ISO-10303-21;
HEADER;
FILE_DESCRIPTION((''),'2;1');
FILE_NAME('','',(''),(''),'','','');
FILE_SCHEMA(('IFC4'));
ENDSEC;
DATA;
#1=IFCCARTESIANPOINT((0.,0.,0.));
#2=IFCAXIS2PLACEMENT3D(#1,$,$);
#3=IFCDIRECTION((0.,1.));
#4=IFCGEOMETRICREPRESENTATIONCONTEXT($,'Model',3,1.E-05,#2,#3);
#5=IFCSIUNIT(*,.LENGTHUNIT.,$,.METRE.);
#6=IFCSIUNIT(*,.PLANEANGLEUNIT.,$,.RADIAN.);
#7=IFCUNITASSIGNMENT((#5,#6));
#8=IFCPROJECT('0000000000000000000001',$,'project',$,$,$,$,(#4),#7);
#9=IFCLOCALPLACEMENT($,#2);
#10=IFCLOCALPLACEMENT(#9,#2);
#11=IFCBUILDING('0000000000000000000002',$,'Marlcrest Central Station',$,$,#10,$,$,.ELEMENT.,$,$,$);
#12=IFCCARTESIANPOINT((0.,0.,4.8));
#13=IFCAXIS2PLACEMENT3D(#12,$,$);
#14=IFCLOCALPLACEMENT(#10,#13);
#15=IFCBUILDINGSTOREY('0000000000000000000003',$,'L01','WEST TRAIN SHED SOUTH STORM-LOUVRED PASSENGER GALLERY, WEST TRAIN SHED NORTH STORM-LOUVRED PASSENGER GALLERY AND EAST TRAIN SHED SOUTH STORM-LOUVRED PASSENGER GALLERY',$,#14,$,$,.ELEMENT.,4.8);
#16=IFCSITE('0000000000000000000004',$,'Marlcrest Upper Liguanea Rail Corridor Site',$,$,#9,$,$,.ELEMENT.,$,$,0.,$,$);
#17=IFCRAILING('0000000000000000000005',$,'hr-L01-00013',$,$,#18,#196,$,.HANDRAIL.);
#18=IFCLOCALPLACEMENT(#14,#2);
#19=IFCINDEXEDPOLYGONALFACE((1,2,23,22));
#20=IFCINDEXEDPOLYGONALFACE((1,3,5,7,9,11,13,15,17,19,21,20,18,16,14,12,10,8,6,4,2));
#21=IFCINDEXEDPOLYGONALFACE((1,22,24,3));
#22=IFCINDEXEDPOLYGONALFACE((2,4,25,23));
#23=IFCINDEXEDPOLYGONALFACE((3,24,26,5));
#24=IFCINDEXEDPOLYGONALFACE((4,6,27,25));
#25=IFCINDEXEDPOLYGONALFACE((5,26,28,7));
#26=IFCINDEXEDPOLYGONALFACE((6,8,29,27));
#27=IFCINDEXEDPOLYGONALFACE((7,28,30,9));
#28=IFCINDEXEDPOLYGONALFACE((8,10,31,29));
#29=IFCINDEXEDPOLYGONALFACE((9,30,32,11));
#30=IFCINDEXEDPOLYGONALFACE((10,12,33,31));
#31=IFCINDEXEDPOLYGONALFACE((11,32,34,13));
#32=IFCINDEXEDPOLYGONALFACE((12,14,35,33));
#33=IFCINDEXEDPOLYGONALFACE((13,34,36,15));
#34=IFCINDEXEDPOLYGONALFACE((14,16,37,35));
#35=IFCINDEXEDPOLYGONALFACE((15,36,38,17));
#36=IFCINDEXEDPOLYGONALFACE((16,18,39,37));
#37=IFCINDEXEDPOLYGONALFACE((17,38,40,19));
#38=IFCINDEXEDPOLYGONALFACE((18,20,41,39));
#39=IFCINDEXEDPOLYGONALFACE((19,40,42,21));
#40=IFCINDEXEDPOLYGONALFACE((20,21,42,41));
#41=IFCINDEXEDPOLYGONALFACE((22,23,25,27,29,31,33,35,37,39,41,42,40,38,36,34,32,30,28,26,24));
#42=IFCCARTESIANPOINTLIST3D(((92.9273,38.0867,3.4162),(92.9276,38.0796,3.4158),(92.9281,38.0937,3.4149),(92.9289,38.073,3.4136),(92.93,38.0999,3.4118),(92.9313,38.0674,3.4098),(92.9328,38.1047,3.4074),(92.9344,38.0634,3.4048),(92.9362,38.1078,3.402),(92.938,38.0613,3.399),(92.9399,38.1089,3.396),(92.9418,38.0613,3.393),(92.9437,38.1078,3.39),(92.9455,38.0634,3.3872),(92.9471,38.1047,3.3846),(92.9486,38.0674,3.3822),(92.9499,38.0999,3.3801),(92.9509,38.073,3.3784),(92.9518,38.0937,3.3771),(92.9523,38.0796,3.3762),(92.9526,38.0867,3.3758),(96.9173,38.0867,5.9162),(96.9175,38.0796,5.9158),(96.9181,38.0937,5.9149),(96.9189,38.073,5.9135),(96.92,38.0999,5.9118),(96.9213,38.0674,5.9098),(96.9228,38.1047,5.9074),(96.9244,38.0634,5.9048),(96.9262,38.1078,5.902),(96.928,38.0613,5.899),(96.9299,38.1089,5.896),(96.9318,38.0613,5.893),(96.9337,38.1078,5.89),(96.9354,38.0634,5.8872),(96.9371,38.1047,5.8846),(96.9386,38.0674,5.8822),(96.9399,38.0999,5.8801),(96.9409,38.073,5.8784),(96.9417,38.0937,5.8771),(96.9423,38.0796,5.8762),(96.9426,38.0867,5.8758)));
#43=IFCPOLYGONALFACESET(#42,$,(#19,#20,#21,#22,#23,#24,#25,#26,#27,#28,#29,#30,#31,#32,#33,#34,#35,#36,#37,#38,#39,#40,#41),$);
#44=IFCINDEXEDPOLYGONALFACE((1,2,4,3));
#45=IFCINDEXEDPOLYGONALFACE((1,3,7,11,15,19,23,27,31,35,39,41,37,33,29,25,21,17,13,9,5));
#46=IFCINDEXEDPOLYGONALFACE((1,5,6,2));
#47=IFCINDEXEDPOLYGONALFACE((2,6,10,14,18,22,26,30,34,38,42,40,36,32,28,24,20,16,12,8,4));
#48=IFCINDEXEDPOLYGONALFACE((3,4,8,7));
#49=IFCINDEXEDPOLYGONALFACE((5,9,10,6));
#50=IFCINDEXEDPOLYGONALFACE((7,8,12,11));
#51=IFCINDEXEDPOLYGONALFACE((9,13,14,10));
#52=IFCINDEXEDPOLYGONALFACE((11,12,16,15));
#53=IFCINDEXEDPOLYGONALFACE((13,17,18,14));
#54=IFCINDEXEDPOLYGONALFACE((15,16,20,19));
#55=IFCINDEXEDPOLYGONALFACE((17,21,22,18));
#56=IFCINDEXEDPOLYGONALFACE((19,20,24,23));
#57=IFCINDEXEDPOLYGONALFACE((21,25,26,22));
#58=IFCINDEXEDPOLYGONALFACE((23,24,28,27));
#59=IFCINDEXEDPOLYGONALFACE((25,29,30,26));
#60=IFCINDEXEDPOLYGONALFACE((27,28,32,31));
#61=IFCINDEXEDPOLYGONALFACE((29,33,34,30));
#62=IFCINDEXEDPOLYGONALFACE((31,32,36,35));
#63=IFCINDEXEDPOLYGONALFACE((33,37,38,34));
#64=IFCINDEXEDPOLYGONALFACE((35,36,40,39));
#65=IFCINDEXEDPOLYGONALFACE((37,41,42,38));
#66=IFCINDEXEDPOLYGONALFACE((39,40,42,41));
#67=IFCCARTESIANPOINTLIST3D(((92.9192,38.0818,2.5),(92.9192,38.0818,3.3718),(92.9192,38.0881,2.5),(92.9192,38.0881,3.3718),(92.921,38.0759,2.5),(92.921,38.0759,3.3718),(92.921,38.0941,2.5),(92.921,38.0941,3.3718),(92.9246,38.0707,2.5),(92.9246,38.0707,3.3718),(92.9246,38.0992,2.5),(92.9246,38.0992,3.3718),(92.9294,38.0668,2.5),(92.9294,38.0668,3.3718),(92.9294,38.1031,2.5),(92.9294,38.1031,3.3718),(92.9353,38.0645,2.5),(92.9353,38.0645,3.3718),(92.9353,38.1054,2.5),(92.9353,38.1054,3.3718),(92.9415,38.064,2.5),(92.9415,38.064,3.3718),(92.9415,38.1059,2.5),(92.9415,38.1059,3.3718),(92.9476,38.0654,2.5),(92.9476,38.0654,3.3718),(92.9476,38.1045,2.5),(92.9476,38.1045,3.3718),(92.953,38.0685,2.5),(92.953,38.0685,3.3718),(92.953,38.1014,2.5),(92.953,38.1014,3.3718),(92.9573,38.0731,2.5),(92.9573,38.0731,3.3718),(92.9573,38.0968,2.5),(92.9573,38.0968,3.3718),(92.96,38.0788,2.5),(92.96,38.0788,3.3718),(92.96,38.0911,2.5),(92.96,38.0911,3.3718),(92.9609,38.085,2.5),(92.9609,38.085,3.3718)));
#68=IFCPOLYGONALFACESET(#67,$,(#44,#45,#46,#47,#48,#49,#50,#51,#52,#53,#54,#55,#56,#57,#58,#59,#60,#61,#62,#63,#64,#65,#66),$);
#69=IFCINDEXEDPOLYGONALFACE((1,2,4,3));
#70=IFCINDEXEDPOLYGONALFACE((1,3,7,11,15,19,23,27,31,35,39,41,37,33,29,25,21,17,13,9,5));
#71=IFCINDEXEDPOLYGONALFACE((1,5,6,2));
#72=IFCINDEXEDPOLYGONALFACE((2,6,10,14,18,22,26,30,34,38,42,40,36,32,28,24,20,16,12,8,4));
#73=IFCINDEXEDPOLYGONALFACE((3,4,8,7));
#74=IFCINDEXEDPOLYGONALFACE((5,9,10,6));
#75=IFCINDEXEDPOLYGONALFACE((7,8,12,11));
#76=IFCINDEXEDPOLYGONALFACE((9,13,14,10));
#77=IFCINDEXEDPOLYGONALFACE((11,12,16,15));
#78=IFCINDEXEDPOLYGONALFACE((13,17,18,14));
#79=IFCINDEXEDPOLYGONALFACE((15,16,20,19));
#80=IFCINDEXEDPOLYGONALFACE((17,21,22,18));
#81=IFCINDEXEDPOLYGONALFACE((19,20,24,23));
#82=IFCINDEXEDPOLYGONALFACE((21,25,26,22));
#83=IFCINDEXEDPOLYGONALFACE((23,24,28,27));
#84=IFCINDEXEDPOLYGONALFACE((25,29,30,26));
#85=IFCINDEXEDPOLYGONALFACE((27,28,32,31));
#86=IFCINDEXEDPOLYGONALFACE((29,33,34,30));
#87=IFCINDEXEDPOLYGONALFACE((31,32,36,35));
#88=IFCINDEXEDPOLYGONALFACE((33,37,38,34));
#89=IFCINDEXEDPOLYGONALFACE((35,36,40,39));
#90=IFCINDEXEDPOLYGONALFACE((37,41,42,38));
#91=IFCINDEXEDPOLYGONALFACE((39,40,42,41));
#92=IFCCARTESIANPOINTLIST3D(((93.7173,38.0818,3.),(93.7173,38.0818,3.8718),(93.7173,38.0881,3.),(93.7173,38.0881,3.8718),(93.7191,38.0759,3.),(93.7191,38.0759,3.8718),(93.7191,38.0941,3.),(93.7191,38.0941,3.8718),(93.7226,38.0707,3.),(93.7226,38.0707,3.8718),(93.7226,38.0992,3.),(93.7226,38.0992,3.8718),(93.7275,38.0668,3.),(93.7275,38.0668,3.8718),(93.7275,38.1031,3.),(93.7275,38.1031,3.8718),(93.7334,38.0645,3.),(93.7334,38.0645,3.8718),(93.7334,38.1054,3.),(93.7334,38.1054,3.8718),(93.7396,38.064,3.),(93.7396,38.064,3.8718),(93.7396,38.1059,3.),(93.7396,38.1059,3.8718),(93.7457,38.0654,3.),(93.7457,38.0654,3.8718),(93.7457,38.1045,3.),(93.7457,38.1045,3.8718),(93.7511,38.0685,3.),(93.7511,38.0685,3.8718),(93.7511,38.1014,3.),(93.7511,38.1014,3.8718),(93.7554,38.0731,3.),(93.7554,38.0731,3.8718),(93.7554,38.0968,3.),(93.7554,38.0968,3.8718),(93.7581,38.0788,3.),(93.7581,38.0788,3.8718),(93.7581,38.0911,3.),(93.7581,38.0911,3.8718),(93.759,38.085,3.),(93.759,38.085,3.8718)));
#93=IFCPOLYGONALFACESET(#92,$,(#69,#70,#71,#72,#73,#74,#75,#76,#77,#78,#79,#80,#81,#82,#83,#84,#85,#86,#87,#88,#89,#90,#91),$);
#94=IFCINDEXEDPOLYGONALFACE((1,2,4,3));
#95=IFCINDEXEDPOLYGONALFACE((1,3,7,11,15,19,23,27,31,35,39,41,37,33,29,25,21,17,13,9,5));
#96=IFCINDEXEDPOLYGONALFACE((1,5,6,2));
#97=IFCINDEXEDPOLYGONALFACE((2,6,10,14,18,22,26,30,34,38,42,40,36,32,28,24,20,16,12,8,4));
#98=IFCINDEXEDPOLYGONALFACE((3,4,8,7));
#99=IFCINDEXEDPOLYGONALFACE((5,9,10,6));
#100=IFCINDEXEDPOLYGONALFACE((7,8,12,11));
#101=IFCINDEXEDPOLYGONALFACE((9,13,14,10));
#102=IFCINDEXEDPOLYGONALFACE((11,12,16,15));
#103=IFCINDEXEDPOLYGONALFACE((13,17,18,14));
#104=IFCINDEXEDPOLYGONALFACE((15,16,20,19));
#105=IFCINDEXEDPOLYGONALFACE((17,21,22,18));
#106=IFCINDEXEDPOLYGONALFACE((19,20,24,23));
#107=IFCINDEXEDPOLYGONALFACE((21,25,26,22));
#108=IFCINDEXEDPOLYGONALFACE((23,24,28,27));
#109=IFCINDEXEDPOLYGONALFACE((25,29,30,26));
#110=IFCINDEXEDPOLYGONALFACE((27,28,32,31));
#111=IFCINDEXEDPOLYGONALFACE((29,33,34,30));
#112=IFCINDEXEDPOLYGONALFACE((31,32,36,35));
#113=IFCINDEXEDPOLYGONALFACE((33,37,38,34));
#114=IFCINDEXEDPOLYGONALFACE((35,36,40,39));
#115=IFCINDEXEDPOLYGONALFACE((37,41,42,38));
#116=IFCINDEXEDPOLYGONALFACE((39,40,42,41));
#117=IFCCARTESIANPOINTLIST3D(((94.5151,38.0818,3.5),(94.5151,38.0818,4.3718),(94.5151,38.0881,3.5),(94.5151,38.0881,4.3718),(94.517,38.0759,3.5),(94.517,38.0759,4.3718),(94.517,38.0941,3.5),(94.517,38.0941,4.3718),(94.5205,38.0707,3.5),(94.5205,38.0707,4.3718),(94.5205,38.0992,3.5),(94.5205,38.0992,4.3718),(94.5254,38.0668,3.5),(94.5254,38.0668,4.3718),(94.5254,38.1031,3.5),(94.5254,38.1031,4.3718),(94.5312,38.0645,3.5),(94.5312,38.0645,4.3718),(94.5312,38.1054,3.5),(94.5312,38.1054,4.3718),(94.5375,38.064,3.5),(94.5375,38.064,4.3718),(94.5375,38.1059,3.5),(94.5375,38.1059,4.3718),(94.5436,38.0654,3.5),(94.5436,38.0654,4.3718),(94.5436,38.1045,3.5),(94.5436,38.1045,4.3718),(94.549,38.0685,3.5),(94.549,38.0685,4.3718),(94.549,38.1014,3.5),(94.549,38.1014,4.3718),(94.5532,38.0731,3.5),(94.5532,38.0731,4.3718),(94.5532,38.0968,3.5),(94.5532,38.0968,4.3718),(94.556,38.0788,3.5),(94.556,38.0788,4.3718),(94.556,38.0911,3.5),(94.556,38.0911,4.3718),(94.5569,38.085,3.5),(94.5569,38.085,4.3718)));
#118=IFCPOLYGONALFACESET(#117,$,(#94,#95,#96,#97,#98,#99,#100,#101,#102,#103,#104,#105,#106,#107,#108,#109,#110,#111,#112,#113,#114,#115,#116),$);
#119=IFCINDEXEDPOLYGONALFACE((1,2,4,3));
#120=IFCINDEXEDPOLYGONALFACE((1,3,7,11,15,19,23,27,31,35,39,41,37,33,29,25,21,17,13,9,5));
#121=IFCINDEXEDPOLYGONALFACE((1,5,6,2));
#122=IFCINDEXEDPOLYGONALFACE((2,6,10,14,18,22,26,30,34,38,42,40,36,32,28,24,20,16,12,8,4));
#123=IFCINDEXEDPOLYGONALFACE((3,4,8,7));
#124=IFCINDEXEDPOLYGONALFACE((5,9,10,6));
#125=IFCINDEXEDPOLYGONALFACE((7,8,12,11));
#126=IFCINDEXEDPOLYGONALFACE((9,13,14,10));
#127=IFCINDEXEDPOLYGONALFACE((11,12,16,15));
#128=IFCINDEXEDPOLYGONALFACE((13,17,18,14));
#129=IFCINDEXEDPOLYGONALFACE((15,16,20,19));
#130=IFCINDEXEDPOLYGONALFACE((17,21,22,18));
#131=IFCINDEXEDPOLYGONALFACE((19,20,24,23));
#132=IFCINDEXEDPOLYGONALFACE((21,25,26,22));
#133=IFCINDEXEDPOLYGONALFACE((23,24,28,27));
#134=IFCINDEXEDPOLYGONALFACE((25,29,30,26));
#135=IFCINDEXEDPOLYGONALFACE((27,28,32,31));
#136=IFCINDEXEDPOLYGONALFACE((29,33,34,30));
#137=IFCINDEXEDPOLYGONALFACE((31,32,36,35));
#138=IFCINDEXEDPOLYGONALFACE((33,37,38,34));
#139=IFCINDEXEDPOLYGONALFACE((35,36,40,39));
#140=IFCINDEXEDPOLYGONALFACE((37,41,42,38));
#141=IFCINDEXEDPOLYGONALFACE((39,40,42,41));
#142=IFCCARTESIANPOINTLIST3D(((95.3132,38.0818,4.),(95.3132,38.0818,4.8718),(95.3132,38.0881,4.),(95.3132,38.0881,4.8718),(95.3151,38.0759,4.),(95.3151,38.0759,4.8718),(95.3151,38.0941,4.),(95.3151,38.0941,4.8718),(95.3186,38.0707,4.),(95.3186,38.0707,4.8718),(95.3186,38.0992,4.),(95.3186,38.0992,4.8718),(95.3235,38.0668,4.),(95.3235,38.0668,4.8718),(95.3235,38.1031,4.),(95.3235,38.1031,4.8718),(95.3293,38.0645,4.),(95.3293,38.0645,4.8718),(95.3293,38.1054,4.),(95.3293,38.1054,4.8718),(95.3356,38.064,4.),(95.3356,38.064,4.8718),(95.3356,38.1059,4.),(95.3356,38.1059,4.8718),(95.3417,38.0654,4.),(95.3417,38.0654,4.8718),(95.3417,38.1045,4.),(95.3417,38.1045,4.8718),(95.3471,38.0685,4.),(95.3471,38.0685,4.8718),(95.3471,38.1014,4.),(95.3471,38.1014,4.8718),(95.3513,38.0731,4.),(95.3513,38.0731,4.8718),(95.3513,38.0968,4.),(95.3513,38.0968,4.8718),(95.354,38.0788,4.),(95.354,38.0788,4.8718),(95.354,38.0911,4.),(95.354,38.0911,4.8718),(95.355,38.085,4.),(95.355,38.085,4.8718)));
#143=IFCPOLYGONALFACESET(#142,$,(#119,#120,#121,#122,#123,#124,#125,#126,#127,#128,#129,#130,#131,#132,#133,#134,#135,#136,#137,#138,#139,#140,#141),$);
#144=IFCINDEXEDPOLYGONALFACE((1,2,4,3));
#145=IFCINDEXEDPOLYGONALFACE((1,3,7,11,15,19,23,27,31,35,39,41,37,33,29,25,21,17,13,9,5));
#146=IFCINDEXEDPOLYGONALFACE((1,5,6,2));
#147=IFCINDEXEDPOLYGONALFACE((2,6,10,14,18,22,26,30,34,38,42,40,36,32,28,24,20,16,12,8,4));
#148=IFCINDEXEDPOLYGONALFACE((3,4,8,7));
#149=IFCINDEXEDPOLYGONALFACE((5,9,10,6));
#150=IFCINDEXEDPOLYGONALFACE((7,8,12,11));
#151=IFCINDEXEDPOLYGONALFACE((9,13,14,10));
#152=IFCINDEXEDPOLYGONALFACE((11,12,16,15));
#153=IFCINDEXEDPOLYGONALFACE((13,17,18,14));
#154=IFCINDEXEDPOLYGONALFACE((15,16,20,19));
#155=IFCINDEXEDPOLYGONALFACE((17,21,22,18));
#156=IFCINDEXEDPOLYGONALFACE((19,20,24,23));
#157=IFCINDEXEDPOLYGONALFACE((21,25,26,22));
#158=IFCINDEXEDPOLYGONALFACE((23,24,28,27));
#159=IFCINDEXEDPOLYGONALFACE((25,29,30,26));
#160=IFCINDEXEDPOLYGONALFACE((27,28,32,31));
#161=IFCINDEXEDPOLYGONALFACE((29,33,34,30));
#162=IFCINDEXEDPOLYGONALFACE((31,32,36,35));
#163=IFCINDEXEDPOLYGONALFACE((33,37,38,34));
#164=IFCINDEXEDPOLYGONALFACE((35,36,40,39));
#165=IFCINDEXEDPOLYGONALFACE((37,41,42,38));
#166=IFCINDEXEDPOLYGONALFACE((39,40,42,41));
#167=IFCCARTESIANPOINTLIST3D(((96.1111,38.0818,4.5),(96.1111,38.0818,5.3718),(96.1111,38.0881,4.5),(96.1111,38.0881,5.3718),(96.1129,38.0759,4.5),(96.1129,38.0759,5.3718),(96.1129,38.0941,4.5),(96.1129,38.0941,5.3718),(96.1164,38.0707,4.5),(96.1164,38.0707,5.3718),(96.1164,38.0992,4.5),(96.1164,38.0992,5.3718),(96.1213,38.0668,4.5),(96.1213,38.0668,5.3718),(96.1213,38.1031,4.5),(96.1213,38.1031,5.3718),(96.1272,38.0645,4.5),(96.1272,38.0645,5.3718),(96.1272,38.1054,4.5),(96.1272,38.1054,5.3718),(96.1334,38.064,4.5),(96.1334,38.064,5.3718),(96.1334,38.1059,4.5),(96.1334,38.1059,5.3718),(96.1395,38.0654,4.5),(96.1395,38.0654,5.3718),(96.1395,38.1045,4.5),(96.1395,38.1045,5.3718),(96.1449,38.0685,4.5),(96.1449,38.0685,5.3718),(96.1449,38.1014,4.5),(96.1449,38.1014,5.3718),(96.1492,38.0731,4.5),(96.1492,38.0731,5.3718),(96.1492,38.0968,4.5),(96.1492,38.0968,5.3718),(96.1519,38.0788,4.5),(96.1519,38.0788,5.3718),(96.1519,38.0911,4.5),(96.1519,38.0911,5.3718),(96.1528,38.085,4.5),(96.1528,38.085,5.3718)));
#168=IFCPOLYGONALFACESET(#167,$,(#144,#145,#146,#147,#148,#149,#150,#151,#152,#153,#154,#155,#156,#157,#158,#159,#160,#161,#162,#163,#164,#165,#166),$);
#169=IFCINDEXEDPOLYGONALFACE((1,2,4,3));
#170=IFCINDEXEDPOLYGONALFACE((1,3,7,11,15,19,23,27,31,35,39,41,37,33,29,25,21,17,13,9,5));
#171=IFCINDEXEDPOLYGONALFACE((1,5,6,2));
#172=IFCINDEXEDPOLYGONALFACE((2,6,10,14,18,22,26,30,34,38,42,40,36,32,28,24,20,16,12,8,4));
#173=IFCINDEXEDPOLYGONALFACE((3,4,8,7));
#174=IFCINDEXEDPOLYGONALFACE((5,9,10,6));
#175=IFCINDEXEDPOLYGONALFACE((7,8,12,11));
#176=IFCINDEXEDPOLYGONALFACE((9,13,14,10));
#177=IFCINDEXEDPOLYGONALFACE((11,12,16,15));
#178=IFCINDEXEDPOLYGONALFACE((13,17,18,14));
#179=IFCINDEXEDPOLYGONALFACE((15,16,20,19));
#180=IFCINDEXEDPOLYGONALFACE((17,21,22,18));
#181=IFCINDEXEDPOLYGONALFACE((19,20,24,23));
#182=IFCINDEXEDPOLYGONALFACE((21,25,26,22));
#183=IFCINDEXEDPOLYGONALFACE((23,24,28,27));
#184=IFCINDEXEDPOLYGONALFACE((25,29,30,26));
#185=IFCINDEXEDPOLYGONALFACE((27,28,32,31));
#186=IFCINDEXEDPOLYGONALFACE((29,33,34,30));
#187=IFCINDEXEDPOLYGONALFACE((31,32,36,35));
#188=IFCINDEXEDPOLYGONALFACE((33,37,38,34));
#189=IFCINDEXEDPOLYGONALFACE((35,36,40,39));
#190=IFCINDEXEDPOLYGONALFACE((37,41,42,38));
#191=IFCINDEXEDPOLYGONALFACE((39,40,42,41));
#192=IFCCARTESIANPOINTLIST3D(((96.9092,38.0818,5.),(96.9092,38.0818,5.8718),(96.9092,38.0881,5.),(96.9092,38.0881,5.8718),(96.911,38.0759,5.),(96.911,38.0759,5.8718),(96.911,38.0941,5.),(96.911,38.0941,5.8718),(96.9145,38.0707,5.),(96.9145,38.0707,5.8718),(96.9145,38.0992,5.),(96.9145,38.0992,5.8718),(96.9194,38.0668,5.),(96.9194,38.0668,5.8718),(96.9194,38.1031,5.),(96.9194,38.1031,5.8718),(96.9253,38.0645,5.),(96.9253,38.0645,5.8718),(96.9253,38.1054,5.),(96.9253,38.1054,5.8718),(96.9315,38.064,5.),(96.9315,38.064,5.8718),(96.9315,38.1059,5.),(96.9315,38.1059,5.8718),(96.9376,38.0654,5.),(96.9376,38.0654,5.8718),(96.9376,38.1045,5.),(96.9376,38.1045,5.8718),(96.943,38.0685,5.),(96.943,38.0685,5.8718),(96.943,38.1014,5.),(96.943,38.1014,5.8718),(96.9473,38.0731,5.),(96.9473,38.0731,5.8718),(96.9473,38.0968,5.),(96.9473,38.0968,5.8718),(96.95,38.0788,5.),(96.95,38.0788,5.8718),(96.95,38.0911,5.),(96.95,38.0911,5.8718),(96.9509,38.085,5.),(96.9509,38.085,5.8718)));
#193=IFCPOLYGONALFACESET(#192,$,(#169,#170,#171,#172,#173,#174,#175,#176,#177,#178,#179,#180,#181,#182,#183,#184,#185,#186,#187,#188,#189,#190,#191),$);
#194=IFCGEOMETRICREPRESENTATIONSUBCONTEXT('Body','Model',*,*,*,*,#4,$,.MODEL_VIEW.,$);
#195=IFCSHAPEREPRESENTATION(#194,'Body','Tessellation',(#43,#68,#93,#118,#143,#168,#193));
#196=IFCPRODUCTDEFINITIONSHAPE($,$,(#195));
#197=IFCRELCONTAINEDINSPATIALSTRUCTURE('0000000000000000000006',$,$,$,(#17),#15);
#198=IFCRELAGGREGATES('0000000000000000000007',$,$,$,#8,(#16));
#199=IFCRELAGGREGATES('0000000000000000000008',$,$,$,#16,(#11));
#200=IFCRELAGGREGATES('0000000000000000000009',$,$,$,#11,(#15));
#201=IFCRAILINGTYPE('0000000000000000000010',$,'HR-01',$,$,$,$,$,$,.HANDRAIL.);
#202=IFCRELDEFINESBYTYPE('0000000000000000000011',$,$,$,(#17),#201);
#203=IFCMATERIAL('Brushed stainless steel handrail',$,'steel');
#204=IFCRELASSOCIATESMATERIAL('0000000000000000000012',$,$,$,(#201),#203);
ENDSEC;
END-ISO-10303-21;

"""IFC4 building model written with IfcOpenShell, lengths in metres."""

from ifc_helpers import new_model, si_unit, direction, frame, origin, origin_2d, place, context, subcontext, project, spatial, circle, extrude, material, type_object, element, save


model = new_model("IFC4")

# Units and contexts
model_context = context("Model", 3, precision=1e-05, world=origin(), true_north=direction((0.0, 1.0)))
body_context = subcontext(model_context, "Body", "Model", "MODEL_VIEW")
ifc_project = project(units=[si_unit("LENGTHUNIT", "METRE"), si_unit("PLANEANGLEUNIT", "RADIAN")], contexts=[model_context])

# Site, building, storey
site_placement = place(None, origin())
site = spatial("IfcSite", under=ifc_project, at=site_placement, Name="Marlcrest Upper Liguanea Rail Corridor Site", CompositionType="ELEMENT", RefElevation=0.0)
building_placement = place(site_placement, origin())
building = spatial("IfcBuilding", under=site, at=building_placement, Name="Marlcrest Central Station", CompositionType="ELEMENT")
storey_placement = place(building_placement, frame((0.0, 0.0, 4.8)))
storey = spatial("IfcBuildingStorey", under=building, at=storey_placement, Name="L01", Description="WEST TRAIN SHED SOUTH STORM-LOUVRED PASSENGER GALLERY, WEST TRAIN SHED NORTH STORM-LOUVRED PASSENGER GALLERY AND EAST TRAIN SHED SOUTH STORM-LOUVRED PASSENGER GALLERY", CompositionType="ELEMENT", Elevation=4.8)

# Railing
ifc_material_1 = material(Name="Brushed stainless steel handrail", Category="steel")
railing_type_1 = type_object("IfcRailingType", Name="HR-01", PredefinedType="HANDRAIL", material=ifc_material_1)
for number, where, name in (
    (1, (92.9399, 38.085, 2.5), "hr-L01-00013"),
):
    element("IfcRailing", number, at=place(storey_placement, frame(where)), inside=storey, type_object=railing_type_1, Name=name, PredefinedType="HANDRAIL", context=body_context, shape_type="SweptSolid", body=[
        extrude(circle(Radius=0.0239, at=origin_2d()), frame((0.0, 0.0, 0.896), z_axis=(0.847401, 0.0, 0.530954), x_axis=(0.0, 1.0, 0.0)), (0.0, 0.0, 1.0), 4.7085),
        extrude(circle(Radius=0.021, at=origin_2d()), origin(), (0.0, 0.0, 1.0), 0.8718),
        extrude(circle(Radius=0.021, at=origin_2d()), frame((0.7981, 0.0, 0.5)), (0.0, 0.0, 1.0), 0.8718),
        extrude(circle(Radius=0.021, at=origin_2d()), frame((1.5959, 0.0, 1.0)), (0.0, 0.0, 1.0), 0.8718),
        extrude(circle(Radius=0.021, at=origin_2d()), frame((2.394, 0.0, 1.5)), (0.0, 0.0, 1.0), 0.8718),
        extrude(circle(Radius=0.021, at=origin_2d()), frame((3.1919, 0.0, 2.0)), (0.0, 0.0, 1.0), 0.8718),
        extrude(circle(Radius=0.021, at=origin_2d()), frame((3.99, 0.0, 2.5)), (0.0, 0.0, 1.0), 0.8718),
    ])

save(model, "model.ifc")
